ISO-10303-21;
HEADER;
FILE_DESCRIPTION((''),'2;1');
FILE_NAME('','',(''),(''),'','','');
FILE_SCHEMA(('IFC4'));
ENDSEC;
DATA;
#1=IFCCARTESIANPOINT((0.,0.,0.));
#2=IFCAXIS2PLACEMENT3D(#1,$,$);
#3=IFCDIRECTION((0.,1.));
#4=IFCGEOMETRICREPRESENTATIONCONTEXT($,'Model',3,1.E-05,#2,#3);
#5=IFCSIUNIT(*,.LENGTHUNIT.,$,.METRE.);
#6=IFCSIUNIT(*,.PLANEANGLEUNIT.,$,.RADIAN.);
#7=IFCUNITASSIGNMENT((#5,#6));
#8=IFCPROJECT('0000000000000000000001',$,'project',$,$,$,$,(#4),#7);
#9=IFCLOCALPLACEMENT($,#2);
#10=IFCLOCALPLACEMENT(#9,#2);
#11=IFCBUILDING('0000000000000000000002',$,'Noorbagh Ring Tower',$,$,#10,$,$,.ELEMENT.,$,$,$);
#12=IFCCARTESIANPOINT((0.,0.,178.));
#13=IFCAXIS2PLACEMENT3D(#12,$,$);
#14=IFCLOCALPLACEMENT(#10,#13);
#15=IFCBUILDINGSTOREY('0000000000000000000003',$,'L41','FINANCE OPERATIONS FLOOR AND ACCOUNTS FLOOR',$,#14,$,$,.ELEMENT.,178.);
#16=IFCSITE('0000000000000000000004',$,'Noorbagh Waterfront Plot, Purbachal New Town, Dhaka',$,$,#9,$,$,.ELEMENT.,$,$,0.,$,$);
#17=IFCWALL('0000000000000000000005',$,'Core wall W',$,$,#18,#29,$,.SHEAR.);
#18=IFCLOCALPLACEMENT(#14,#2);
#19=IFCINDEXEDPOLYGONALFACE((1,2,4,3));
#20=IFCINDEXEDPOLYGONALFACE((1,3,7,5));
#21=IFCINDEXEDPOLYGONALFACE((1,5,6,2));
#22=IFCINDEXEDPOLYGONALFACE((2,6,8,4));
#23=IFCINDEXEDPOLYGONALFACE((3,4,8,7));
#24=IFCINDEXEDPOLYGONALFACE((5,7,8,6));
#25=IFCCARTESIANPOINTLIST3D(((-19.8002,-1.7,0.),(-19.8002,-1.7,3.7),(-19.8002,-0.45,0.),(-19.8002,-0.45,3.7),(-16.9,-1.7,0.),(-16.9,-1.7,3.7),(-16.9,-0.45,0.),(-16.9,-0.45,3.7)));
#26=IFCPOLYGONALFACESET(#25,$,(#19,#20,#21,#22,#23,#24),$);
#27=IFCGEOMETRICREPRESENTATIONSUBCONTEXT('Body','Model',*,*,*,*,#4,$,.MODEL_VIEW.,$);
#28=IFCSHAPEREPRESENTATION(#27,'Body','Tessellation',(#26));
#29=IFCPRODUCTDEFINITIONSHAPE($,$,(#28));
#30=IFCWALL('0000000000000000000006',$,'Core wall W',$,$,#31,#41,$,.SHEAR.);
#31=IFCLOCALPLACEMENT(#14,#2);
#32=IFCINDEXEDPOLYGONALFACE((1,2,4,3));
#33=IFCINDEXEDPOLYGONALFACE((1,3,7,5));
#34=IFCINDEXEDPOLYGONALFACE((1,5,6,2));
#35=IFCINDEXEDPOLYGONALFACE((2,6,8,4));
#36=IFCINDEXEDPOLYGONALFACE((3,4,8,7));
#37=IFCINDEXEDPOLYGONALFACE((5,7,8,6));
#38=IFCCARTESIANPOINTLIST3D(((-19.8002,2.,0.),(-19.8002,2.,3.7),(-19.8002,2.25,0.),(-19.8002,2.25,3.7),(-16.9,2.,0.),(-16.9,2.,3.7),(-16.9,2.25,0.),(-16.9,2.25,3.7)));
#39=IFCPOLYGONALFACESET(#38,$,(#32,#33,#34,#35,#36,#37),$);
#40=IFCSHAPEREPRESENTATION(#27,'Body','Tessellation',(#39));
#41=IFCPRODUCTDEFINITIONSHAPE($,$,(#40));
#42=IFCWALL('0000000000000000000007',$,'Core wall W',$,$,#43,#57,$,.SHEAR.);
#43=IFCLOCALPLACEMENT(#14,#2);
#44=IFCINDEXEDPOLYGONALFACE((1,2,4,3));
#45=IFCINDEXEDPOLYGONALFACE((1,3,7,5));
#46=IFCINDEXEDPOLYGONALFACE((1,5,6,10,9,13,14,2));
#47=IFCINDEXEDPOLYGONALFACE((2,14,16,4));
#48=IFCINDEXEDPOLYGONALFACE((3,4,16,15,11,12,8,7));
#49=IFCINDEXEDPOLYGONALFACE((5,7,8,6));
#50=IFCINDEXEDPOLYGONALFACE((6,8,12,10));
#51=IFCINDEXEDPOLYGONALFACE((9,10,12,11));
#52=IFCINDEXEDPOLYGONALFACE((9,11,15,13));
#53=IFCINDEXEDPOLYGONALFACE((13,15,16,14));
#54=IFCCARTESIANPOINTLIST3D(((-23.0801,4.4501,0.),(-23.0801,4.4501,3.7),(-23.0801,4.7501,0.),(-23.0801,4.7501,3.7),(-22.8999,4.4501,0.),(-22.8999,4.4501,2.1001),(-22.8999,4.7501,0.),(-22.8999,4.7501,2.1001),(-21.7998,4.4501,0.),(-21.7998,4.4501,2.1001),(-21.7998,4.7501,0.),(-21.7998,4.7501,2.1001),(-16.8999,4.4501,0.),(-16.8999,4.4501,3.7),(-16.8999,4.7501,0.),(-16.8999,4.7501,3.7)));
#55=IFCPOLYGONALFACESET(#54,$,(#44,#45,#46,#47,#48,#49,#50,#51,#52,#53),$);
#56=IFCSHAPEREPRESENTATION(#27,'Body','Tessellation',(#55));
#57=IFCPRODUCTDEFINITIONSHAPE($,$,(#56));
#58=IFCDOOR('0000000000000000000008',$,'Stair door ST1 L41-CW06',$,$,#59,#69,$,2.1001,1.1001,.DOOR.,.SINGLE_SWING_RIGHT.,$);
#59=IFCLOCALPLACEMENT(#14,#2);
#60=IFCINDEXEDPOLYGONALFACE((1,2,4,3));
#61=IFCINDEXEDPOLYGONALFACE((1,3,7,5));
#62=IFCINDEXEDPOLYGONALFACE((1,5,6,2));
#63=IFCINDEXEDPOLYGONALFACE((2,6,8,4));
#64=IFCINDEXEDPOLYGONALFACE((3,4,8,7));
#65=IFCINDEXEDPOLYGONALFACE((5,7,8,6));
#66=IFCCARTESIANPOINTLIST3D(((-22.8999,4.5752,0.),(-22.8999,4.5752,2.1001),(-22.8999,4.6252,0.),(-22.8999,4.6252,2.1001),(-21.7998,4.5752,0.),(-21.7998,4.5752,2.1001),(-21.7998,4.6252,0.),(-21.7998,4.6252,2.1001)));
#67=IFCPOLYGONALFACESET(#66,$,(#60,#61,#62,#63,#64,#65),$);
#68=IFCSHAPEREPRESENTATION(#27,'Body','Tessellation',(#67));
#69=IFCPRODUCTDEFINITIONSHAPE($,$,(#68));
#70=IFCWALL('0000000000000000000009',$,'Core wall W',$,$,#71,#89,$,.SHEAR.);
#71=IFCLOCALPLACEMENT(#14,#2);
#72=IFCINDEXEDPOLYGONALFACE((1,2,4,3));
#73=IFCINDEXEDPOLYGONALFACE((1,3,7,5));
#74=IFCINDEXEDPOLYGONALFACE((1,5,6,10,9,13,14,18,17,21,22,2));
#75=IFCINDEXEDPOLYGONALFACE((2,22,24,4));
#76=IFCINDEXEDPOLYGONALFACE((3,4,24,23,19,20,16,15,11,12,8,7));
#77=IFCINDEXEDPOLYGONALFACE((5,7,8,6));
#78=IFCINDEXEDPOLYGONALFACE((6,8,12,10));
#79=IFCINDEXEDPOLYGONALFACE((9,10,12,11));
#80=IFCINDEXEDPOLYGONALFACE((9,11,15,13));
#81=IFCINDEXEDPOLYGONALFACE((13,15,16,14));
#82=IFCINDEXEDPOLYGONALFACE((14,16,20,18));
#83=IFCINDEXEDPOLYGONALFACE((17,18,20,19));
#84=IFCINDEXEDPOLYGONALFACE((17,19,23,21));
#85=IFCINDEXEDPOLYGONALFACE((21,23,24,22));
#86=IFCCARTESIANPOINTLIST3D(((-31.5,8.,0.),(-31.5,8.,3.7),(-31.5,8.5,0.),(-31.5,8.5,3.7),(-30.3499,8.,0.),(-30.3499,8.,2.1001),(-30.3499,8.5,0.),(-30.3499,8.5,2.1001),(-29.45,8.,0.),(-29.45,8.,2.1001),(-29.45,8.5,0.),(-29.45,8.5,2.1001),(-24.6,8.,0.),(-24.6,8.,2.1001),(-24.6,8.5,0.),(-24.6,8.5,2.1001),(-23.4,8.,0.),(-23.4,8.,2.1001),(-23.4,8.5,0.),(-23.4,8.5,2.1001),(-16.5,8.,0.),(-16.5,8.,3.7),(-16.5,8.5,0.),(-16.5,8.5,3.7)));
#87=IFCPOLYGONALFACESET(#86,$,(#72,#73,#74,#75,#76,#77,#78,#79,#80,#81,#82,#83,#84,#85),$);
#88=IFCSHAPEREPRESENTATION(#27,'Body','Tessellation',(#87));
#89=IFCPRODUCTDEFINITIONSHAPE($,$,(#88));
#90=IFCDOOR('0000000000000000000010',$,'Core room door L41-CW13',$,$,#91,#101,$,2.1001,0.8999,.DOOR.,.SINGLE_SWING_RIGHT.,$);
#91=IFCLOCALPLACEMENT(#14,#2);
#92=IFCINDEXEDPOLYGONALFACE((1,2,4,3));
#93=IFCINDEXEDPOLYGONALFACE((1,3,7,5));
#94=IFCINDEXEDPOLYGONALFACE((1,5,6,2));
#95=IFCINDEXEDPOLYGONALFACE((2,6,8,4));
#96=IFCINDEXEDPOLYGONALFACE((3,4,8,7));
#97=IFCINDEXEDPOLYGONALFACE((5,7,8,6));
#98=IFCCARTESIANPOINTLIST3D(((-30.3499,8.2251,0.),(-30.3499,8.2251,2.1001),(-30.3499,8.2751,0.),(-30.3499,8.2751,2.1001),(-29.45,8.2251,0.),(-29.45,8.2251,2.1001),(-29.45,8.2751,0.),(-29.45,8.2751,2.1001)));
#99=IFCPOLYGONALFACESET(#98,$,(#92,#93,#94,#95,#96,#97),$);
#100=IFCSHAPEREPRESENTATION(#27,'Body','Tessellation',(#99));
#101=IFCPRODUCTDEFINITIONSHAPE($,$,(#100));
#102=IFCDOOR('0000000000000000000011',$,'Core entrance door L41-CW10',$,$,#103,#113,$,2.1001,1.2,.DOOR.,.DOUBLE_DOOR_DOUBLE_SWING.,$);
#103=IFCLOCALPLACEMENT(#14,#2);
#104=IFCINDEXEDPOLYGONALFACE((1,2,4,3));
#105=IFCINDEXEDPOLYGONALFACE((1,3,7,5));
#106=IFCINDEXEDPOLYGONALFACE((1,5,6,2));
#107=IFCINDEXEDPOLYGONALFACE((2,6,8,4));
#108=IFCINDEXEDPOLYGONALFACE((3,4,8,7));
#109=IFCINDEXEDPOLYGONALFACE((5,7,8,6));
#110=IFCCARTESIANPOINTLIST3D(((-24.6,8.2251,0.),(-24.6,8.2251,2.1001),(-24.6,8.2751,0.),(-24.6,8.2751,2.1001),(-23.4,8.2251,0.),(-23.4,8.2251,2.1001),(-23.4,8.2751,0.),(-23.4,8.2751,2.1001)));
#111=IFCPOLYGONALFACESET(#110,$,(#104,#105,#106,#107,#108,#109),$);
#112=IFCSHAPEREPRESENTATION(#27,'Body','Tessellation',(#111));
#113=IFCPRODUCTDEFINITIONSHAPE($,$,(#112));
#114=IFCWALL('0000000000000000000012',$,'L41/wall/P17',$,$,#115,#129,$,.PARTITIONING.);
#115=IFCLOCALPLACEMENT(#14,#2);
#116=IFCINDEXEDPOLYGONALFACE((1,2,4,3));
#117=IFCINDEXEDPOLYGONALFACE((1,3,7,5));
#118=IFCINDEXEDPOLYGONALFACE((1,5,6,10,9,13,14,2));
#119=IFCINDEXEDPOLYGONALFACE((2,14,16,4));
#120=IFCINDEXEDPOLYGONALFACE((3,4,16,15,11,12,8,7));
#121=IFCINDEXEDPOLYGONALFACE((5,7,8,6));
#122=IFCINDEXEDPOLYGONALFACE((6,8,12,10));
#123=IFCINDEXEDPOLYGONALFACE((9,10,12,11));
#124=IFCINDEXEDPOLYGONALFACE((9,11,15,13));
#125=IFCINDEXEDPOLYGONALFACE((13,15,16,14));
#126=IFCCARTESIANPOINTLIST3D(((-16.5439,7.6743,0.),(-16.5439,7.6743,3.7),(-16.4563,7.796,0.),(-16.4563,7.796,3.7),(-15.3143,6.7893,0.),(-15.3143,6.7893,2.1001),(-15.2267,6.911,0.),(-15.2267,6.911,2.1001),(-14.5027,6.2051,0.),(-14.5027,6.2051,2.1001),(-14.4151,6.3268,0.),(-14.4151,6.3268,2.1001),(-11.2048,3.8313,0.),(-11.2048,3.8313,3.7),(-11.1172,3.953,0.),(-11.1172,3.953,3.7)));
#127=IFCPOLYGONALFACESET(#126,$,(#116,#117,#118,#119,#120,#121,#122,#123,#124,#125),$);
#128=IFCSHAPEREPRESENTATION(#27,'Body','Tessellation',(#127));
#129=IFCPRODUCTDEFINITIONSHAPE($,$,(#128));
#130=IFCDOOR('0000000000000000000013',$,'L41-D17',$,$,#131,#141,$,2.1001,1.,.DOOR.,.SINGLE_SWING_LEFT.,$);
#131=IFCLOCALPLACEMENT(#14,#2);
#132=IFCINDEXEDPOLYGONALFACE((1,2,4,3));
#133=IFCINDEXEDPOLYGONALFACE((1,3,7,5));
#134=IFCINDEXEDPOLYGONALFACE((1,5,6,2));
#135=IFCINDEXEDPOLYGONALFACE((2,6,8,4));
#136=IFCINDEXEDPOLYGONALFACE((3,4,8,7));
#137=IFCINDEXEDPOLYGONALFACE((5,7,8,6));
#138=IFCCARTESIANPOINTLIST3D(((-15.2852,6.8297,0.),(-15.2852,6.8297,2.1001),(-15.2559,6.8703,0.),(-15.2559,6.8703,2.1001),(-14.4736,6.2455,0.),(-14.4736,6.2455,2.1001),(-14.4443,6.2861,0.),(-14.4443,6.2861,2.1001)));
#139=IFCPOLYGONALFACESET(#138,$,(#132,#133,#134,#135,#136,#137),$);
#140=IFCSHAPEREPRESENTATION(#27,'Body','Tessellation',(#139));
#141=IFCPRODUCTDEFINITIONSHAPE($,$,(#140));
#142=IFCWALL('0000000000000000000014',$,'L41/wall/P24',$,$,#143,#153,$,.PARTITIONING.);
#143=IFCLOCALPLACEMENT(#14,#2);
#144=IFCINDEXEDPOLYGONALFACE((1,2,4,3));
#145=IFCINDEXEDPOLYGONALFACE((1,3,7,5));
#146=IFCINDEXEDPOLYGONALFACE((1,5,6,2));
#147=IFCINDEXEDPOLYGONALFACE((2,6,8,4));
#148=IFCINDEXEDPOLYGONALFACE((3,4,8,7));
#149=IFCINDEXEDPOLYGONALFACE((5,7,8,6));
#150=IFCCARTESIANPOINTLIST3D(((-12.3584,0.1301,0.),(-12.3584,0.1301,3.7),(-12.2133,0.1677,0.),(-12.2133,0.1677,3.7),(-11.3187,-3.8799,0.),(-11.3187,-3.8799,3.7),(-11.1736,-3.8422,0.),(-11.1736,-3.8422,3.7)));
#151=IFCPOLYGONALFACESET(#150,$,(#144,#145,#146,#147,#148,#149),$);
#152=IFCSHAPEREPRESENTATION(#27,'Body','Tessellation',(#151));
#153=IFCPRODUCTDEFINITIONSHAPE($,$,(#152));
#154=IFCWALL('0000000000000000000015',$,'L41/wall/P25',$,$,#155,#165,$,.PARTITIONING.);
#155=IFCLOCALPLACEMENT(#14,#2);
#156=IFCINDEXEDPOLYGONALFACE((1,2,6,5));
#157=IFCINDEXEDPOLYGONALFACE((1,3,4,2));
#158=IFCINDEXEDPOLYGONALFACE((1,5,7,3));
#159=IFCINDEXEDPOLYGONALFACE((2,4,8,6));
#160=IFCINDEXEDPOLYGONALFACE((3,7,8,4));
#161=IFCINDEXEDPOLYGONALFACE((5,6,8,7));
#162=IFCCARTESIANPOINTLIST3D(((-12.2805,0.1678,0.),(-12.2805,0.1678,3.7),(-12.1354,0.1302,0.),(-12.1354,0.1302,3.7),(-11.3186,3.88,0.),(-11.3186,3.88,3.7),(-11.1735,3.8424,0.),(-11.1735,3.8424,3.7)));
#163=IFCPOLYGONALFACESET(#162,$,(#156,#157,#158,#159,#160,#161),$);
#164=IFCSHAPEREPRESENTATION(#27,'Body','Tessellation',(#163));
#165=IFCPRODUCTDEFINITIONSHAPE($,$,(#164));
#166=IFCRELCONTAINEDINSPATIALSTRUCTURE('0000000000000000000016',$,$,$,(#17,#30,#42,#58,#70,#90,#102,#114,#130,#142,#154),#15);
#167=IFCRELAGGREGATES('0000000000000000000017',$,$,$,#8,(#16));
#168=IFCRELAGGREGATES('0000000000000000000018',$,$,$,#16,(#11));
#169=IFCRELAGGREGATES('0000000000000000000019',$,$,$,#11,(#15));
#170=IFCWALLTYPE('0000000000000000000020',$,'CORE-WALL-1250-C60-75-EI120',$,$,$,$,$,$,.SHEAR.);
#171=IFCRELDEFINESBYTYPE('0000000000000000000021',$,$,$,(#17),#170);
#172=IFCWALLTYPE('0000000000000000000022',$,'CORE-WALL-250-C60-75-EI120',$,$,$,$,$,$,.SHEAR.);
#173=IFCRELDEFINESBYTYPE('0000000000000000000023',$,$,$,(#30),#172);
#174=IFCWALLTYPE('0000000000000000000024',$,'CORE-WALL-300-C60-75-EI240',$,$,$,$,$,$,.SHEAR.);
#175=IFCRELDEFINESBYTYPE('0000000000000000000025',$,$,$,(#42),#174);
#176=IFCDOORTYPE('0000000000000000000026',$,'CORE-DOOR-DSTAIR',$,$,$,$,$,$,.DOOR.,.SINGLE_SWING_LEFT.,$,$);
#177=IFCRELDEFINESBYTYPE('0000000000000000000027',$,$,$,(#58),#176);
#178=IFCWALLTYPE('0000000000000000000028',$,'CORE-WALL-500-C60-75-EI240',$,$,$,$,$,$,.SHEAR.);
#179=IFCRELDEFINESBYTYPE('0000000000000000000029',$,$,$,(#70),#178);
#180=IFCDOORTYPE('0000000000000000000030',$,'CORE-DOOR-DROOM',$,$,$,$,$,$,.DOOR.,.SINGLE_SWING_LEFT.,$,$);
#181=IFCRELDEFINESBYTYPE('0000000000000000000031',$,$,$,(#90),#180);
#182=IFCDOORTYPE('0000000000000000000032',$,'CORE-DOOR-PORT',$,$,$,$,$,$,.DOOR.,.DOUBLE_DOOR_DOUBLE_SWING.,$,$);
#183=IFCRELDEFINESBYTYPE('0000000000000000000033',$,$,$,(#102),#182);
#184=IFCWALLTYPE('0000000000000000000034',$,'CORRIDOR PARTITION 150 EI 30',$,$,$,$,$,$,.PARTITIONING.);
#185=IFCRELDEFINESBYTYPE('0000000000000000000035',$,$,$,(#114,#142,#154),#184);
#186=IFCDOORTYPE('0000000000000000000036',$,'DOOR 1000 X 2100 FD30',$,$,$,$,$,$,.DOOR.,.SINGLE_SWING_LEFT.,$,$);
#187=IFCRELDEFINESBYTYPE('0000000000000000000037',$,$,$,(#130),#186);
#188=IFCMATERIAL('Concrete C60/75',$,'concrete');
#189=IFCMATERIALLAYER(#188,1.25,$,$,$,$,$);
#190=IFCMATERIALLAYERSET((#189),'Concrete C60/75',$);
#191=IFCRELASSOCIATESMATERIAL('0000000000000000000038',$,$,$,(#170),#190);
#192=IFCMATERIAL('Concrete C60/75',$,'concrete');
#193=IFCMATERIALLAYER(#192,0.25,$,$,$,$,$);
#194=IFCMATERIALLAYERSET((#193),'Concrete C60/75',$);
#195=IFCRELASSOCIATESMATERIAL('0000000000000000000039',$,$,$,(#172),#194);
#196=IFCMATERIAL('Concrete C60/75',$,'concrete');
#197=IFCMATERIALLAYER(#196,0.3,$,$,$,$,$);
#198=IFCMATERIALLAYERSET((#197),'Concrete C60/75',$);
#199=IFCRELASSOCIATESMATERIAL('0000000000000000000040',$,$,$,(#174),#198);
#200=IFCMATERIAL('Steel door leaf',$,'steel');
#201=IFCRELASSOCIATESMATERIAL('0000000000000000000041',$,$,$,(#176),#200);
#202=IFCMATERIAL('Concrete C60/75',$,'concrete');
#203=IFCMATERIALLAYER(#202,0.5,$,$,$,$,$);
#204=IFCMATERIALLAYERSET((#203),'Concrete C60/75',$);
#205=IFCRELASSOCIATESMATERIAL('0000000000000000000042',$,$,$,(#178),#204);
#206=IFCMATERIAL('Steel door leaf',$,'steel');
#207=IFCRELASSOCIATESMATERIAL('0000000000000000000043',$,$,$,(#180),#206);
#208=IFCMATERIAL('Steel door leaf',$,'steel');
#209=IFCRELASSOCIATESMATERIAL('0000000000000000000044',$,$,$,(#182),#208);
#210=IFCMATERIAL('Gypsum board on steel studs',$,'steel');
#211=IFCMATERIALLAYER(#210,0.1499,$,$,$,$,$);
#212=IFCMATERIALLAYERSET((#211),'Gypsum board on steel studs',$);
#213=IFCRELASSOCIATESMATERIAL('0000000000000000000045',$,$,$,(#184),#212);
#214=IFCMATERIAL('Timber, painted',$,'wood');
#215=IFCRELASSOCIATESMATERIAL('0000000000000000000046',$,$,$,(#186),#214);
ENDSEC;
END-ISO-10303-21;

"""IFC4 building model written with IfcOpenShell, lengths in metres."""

from ifc_helpers import new_model, si_unit, direction, frame, frame_2d, origin, place, context, subcontext, project, spatial, rectangle, extrude, material, layer, layer_set, type_object, element, fill, save


model = new_model("IFC4")

# Units and contexts
model_context = context("Model", 3, precision=1e-05, world=origin(), true_north=direction((0.0, 1.0)))
body_context = subcontext(model_context, "Body", "Model", "MODEL_VIEW")
ifc_project = project(units=[si_unit("LENGTHUNIT", "METRE"), si_unit("PLANEANGLEUNIT", "RADIAN")], contexts=[model_context])

# Site, building, storey
site_placement = place(None, origin())
site = spatial("IfcSite", under=ifc_project, at=site_placement, Name="Noorbagh Waterfront Plot, Purbachal New Town, Dhaka", CompositionType="ELEMENT", RefElevation=0.0)
building_placement = place(site_placement, origin())
building = spatial("IfcBuilding", under=site, at=building_placement, Name="Noorbagh Ring Tower", CompositionType="ELEMENT")
storey_placement = place(building_placement, frame((0.0, 0.0, 178.0)))
storey = spatial("IfcBuildingStorey", under=building, at=storey_placement, Name="L41", Description="FINANCE OPERATIONS FLOOR AND ACCOUNTS FLOOR", CompositionType="ELEMENT", Elevation=178.0)

# Walls
ifc_material_1 = material(Name="Concrete C60/75", Category="concrete")
ifc_layer_1 = layer(ifc_material_1, 1.25)
ifc_layer_set_1 = layer_set([ifc_layer_1], Name="Concrete C60/75")
wall_type_1 = type_object("IfcWallType", Name="CORE-WALL-1250-C60-75-EI120", PredefinedType="SHEAR", material=ifc_layer_set_1)
wall_1_placement = place(storey_placement, frame((-16.8999, -1.075, 0.0), z_axis=(0.0, 0.0, 1.0), x_axis=(-1.0, 0.0, 0.0)))
element("IfcWall", 1, at=wall_1_placement, inside=storey, type_object=wall_type_1, Name="Core wall W", PredefinedType="SHEAR", context=body_context, shape_type="SweptSolid", body=[
    extrude(rectangle(XDim=2.9001, YDim=1.25, at=frame_2d((1.4502, 0.0))), origin(), (0.0, 0.0, 1.0), 3.7),
])
ifc_material_2 = material(Name="Concrete C60/75", Category="concrete")
ifc_layer_2 = layer(ifc_material_2, 0.25)
ifc_layer_set_2 = layer_set([ifc_layer_2], Name="Concrete C60/75")
wall_type_2 = type_object("IfcWallType", Name="CORE-WALL-250-C60-75-EI120", PredefinedType="SHEAR", material=ifc_layer_set_2)
wall_2_placement = place(storey_placement, frame((-16.8999, 2.125, 0.0), z_axis=(0.0, 0.0, 1.0), x_axis=(-1.0, 0.0, 0.0)))
element("IfcWall", 2, at=wall_2_placement, inside=storey, type_object=wall_type_2, Name="Core wall W", PredefinedType="SHEAR", context=body_context, shape_type="SweptSolid", body=[
    extrude(rectangle(XDim=2.9001, YDim=0.25, at=frame_2d((1.4502, 0.0))), origin(), (0.0, 0.0, 1.0), 3.7),
])

# Wall, opening, door
ifc_material_3 = material(Name="Concrete C60/75", Category="concrete")
ifc_layer_3 = layer(ifc_material_3, 0.3)
ifc_layer_set_3 = layer_set([ifc_layer_3], Name="Concrete C60/75")
wall_type_3 = type_object("IfcWallType", Name="CORE-WALL-300-C60-75-EI240", PredefinedType="SHEAR", material=ifc_layer_set_3)
wall_3_placement = place(storey_placement, frame((-16.8999, 4.6001, 0.0), z_axis=(0.0, 0.0, 1.0), x_axis=(-1.0, 0.0, 0.0)))
wall_3 = element("IfcWall", 3, at=wall_3_placement, inside=storey, type_object=wall_type_3, Name="Core wall W", PredefinedType="SHEAR", context=body_context, shape_type="SweptSolid", body=[
    extrude(rectangle(XDim=6.1802, YDim=0.3, at=frame_2d((3.0901, 0.0))), origin(), (0.0, 0.0, 1.0), 3.7),
])
opening_1_placement = place(wall_3_placement, frame((4.8999, 0.0, 0.0)))
opening_1 = element("IfcOpeningElement", 4, at=opening_1_placement, cuts=wall_3, PredefinedType="OPENING", context=body_context, shape_type="SweptSolid", body=[
    extrude(rectangle(XDim=1.1001, YDim=2.1001, at=frame_2d((0.55, 1.05))), frame((0.0, 0.1602, 0.0), z_axis=(0.0, -1.0, 0.0), x_axis=(1.0, 0.0, 0.0)), (0.0, 0.0, 1.0), 0.3201),
])
ifc_material_4 = material(Name="Steel door leaf", Category="steel")
door_type_1 = type_object("IfcDoorType", Name="CORE-DOOR-DSTAIR", OperationType="SINGLE_SWING_LEFT", PredefinedType="DOOR", material=ifc_material_4)
door_1_placement = place(opening_1_placement, origin())
door_1 = element("IfcDoor", 5, at=door_1_placement, inside=storey, type_object=door_type_1, Name="Stair door ST1 L41-CW06", OperationType="SINGLE_SWING_RIGHT", OverallHeight=2.1001, OverallWidth=1.1001, PredefinedType="DOOR", context=body_context, shape_type="SweptSolid", body=[
    extrude(rectangle(XDim=1.1001, YDim=2.1001, at=frame_2d((0.55, 1.05))), frame((0.0, 0.0249, 0.0), z_axis=(0.0, -1.0, 0.0), x_axis=(1.0, 0.0, 0.0)), (0.0, 0.0, 1.0), 0.05),
])
fill(opening_1, door_1)

# Wall, openings, doors
ifc_material_5 = material(Name="Concrete C60/75", Category="concrete")
ifc_layer_4 = layer(ifc_material_5, 0.5)
ifc_layer_set_4 = layer_set([ifc_layer_4], Name="Concrete C60/75")
wall_type_4 = type_object("IfcWallType", Name="CORE-WALL-500-C60-75-EI240", PredefinedType="SHEAR", material=ifc_layer_set_4)
wall_4_placement = place(storey_placement, frame((-16.5, 8.25, 0.0), z_axis=(0.0, 0.0, 1.0), x_axis=(-1.0, 0.0, 0.0)))
wall_4 = element("IfcWall", 6, at=wall_4_placement, inside=storey, type_object=wall_type_4, Name="Core wall W", PredefinedType="SHEAR", context=body_context, shape_type="SweptSolid", body=[
    extrude(rectangle(XDim=15.0, YDim=0.5, at=frame_2d((7.5, 0.0))), origin(), (0.0, 0.0, 1.0), 3.7),
])
opening_2_placement = place(wall_4_placement, frame((6.8999, 0.0, 0.0)))
opening_2 = element("IfcOpeningElement", 7, at=opening_2_placement, cuts=wall_4, PredefinedType="OPENING", context=body_context, shape_type="SweptSolid", body=[
    extrude(rectangle(XDim=1.2, YDim=2.1001, at=frame_2d((0.6001, 1.05))), frame((0.0, 0.26, 0.0), z_axis=(0.0, -1.0, 0.0), x_axis=(1.0, 0.0, 0.0)), (0.0, 0.0, 1.0), 0.52),
])
opening_3_placement = place(wall_4_placement, frame((12.95, 0.0, 0.0)))
opening_3 = element("IfcOpeningElement", 8, at=opening_3_placement, cuts=wall_4, PredefinedType="OPENING", context=body_context, shape_type="SweptSolid", body=[
    extrude(rectangle(XDim=0.8999, YDim=2.1001, at=frame_2d((0.45, 1.05))), frame((0.0, 0.26, 0.0), z_axis=(0.0, -1.0, 0.0), x_axis=(1.0, 0.0, 0.0)), (0.0, 0.0, 1.0), 0.52),
])
ifc_material_6 = material(Name="Steel door leaf", Category="steel")
door_type_2 = type_object("IfcDoorType", Name="CORE-DOOR-DROOM", OperationType="SINGLE_SWING_LEFT", PredefinedType="DOOR", material=ifc_material_6)
door_2_placement = place(opening_3_placement, origin())
door_2 = element("IfcDoor", 9, at=door_2_placement, inside=storey, type_object=door_type_2, Name="Core room door L41-CW13", OperationType="SINGLE_SWING_RIGHT", OverallHeight=2.1001, OverallWidth=0.8999, PredefinedType="DOOR", context=body_context, shape_type="SweptSolid", body=[
    extrude(rectangle(XDim=0.8999, YDim=2.1001, at=frame_2d((0.45, 1.05))), frame((0.0, 0.0249, 0.0), z_axis=(0.0, -1.0, 0.0), x_axis=(1.0, 0.0, 0.0)), (0.0, 0.0, 1.0), 0.05),
])
fill(opening_3, door_2)
ifc_material_7 = material(Name="Steel door leaf", Category="steel")
door_type_3 = type_object("IfcDoorType", Name="CORE-DOOR-PORT", OperationType="DOUBLE_DOOR_DOUBLE_SWING", PredefinedType="DOOR", material=ifc_material_7)
door_3_placement = place(opening_2_placement, origin())
door_3 = element("IfcDoor", 10, at=door_3_placement, inside=storey, type_object=door_type_3, Name="Core entrance door L41-CW10", OperationType="DOUBLE_DOOR_DOUBLE_SWING", OverallHeight=2.1001, OverallWidth=1.2, PredefinedType="DOOR", context=body_context, shape_type="SweptSolid", body=[
    extrude(rectangle(XDim=1.2, YDim=2.1001, at=frame_2d((0.6001, 1.05))), frame((0.0, 0.0249, 0.0), z_axis=(0.0, -1.0, 0.0), x_axis=(1.0, 0.0, 0.0)), (0.0, 0.0, 1.0), 0.05),
])
fill(opening_2, door_3)

# Wall, opening, door
ifc_material_8 = material(Name="Gypsum board on steel studs", Category="steel")
ifc_layer_5 = layer(ifc_material_8, 0.1499)
ifc_layer_set_5 = layer_set([ifc_layer_5], Name="Gypsum board on steel studs")
wall_type_5 = type_object("IfcWallType", Name="CORRIDOR PARTITION 150 EI 30", PredefinedType="PARTITIONING", material=ifc_layer_set_5)
wall_5_placement = place(storey_placement, frame((-16.5, 7.7351, 0.0), z_axis=(0.0, 0.0, 1.0), x_axis=(0.811617, -0.58419, 0.0)))
wall_5 = element("IfcWall", 11, at=wall_5_placement, inside=storey, type_object=wall_type_5, Name="L41/wall/P17", PredefinedType="PARTITIONING", context=body_context, shape_type="SweptSolid", body=[
    extrude(rectangle(XDim=6.5784, YDim=0.1499, at=frame_2d((3.2891, 0.0))), origin(), (0.0, 0.0, 1.0), 3.7),
])
opening_4_placement = place(wall_5_placement, frame((1.5149, 0.0, 0.0)))
opening_4 = element("IfcOpeningElement", 12, at=opening_4_placement, cuts=wall_5, PredefinedType="OPENING", context=body_context, shape_type="SweptSolid", body=[
    extrude(rectangle(XDim=1.0, YDim=2.1001, at=frame_2d((0.5, 1.05))), frame((0.0, 0.085, 0.0), z_axis=(0.0, -1.0, 0.0), x_axis=(1.0, 0.0, 0.0)), (0.0, 0.0, 1.0), 0.1699),
])
ifc_material_9 = material(Name="Timber, painted", Category="wood")
door_type_4 = type_object("IfcDoorType", Name="DOOR 1000 X 2100 FD30", OperationType="SINGLE_SWING_LEFT", PredefinedType="DOOR", material=ifc_material_9)
door_4_placement = place(opening_4_placement, origin())
door_4 = element("IfcDoor", 13, at=door_4_placement, inside=storey, type_object=door_type_4, Name="L41-D17", OperationType="SINGLE_SWING_LEFT", OverallHeight=2.1001, OverallWidth=1.0, PredefinedType="DOOR", context=body_context, shape_type="SweptSolid", body=[
    extrude(rectangle(XDim=1.0, YDim=2.1001, at=frame_2d((0.5, 1.05))), frame((0.0, 0.0249, 0.0), z_axis=(0.0, -1.0, 0.0), x_axis=(1.0, 0.0, 0.0)), (0.0, 0.0, 1.0), 0.05),
])
fill(opening_4, door_4)

# Walls
wall_6_placement = place(storey_placement, frame((-12.2859, 0.1489, 0.0), z_axis=(0.0, 0.0, 1.0), x_axis=(0.250999, -0.967987, 0.0)))
element("IfcWall", 14, at=wall_6_placement, inside=storey, type_object=wall_type_5, Name="L41/wall/P24", PredefinedType="PARTITIONING", context=body_context, shape_type="SweptSolid", body=[
    extrude(rectangle(XDim=4.1426, YDim=0.1499, at=frame_2d((2.0713, 0.0))), origin(), (0.0, 0.0, 1.0), 3.7),
])
wall_7_placement = place(storey_placement, frame((-12.208, 0.1489, 0.0), z_axis=(0.0, 0.0, 1.0), x_axis=(0.250841, 0.968028, 0.0)))
element("IfcWall", 15, at=wall_7_placement, inside=storey, type_object=wall_type_5, Name="L41/wall/P25", PredefinedType="PARTITIONING", context=body_context, shape_type="SweptSolid", body=[
    extrude(rectangle(XDim=3.8347, YDim=0.1499, at=frame_2d((1.9175, 0.0))), origin(), (0.0, 0.0, 1.0), 3.7),
])

save(model, "model.ifc")
